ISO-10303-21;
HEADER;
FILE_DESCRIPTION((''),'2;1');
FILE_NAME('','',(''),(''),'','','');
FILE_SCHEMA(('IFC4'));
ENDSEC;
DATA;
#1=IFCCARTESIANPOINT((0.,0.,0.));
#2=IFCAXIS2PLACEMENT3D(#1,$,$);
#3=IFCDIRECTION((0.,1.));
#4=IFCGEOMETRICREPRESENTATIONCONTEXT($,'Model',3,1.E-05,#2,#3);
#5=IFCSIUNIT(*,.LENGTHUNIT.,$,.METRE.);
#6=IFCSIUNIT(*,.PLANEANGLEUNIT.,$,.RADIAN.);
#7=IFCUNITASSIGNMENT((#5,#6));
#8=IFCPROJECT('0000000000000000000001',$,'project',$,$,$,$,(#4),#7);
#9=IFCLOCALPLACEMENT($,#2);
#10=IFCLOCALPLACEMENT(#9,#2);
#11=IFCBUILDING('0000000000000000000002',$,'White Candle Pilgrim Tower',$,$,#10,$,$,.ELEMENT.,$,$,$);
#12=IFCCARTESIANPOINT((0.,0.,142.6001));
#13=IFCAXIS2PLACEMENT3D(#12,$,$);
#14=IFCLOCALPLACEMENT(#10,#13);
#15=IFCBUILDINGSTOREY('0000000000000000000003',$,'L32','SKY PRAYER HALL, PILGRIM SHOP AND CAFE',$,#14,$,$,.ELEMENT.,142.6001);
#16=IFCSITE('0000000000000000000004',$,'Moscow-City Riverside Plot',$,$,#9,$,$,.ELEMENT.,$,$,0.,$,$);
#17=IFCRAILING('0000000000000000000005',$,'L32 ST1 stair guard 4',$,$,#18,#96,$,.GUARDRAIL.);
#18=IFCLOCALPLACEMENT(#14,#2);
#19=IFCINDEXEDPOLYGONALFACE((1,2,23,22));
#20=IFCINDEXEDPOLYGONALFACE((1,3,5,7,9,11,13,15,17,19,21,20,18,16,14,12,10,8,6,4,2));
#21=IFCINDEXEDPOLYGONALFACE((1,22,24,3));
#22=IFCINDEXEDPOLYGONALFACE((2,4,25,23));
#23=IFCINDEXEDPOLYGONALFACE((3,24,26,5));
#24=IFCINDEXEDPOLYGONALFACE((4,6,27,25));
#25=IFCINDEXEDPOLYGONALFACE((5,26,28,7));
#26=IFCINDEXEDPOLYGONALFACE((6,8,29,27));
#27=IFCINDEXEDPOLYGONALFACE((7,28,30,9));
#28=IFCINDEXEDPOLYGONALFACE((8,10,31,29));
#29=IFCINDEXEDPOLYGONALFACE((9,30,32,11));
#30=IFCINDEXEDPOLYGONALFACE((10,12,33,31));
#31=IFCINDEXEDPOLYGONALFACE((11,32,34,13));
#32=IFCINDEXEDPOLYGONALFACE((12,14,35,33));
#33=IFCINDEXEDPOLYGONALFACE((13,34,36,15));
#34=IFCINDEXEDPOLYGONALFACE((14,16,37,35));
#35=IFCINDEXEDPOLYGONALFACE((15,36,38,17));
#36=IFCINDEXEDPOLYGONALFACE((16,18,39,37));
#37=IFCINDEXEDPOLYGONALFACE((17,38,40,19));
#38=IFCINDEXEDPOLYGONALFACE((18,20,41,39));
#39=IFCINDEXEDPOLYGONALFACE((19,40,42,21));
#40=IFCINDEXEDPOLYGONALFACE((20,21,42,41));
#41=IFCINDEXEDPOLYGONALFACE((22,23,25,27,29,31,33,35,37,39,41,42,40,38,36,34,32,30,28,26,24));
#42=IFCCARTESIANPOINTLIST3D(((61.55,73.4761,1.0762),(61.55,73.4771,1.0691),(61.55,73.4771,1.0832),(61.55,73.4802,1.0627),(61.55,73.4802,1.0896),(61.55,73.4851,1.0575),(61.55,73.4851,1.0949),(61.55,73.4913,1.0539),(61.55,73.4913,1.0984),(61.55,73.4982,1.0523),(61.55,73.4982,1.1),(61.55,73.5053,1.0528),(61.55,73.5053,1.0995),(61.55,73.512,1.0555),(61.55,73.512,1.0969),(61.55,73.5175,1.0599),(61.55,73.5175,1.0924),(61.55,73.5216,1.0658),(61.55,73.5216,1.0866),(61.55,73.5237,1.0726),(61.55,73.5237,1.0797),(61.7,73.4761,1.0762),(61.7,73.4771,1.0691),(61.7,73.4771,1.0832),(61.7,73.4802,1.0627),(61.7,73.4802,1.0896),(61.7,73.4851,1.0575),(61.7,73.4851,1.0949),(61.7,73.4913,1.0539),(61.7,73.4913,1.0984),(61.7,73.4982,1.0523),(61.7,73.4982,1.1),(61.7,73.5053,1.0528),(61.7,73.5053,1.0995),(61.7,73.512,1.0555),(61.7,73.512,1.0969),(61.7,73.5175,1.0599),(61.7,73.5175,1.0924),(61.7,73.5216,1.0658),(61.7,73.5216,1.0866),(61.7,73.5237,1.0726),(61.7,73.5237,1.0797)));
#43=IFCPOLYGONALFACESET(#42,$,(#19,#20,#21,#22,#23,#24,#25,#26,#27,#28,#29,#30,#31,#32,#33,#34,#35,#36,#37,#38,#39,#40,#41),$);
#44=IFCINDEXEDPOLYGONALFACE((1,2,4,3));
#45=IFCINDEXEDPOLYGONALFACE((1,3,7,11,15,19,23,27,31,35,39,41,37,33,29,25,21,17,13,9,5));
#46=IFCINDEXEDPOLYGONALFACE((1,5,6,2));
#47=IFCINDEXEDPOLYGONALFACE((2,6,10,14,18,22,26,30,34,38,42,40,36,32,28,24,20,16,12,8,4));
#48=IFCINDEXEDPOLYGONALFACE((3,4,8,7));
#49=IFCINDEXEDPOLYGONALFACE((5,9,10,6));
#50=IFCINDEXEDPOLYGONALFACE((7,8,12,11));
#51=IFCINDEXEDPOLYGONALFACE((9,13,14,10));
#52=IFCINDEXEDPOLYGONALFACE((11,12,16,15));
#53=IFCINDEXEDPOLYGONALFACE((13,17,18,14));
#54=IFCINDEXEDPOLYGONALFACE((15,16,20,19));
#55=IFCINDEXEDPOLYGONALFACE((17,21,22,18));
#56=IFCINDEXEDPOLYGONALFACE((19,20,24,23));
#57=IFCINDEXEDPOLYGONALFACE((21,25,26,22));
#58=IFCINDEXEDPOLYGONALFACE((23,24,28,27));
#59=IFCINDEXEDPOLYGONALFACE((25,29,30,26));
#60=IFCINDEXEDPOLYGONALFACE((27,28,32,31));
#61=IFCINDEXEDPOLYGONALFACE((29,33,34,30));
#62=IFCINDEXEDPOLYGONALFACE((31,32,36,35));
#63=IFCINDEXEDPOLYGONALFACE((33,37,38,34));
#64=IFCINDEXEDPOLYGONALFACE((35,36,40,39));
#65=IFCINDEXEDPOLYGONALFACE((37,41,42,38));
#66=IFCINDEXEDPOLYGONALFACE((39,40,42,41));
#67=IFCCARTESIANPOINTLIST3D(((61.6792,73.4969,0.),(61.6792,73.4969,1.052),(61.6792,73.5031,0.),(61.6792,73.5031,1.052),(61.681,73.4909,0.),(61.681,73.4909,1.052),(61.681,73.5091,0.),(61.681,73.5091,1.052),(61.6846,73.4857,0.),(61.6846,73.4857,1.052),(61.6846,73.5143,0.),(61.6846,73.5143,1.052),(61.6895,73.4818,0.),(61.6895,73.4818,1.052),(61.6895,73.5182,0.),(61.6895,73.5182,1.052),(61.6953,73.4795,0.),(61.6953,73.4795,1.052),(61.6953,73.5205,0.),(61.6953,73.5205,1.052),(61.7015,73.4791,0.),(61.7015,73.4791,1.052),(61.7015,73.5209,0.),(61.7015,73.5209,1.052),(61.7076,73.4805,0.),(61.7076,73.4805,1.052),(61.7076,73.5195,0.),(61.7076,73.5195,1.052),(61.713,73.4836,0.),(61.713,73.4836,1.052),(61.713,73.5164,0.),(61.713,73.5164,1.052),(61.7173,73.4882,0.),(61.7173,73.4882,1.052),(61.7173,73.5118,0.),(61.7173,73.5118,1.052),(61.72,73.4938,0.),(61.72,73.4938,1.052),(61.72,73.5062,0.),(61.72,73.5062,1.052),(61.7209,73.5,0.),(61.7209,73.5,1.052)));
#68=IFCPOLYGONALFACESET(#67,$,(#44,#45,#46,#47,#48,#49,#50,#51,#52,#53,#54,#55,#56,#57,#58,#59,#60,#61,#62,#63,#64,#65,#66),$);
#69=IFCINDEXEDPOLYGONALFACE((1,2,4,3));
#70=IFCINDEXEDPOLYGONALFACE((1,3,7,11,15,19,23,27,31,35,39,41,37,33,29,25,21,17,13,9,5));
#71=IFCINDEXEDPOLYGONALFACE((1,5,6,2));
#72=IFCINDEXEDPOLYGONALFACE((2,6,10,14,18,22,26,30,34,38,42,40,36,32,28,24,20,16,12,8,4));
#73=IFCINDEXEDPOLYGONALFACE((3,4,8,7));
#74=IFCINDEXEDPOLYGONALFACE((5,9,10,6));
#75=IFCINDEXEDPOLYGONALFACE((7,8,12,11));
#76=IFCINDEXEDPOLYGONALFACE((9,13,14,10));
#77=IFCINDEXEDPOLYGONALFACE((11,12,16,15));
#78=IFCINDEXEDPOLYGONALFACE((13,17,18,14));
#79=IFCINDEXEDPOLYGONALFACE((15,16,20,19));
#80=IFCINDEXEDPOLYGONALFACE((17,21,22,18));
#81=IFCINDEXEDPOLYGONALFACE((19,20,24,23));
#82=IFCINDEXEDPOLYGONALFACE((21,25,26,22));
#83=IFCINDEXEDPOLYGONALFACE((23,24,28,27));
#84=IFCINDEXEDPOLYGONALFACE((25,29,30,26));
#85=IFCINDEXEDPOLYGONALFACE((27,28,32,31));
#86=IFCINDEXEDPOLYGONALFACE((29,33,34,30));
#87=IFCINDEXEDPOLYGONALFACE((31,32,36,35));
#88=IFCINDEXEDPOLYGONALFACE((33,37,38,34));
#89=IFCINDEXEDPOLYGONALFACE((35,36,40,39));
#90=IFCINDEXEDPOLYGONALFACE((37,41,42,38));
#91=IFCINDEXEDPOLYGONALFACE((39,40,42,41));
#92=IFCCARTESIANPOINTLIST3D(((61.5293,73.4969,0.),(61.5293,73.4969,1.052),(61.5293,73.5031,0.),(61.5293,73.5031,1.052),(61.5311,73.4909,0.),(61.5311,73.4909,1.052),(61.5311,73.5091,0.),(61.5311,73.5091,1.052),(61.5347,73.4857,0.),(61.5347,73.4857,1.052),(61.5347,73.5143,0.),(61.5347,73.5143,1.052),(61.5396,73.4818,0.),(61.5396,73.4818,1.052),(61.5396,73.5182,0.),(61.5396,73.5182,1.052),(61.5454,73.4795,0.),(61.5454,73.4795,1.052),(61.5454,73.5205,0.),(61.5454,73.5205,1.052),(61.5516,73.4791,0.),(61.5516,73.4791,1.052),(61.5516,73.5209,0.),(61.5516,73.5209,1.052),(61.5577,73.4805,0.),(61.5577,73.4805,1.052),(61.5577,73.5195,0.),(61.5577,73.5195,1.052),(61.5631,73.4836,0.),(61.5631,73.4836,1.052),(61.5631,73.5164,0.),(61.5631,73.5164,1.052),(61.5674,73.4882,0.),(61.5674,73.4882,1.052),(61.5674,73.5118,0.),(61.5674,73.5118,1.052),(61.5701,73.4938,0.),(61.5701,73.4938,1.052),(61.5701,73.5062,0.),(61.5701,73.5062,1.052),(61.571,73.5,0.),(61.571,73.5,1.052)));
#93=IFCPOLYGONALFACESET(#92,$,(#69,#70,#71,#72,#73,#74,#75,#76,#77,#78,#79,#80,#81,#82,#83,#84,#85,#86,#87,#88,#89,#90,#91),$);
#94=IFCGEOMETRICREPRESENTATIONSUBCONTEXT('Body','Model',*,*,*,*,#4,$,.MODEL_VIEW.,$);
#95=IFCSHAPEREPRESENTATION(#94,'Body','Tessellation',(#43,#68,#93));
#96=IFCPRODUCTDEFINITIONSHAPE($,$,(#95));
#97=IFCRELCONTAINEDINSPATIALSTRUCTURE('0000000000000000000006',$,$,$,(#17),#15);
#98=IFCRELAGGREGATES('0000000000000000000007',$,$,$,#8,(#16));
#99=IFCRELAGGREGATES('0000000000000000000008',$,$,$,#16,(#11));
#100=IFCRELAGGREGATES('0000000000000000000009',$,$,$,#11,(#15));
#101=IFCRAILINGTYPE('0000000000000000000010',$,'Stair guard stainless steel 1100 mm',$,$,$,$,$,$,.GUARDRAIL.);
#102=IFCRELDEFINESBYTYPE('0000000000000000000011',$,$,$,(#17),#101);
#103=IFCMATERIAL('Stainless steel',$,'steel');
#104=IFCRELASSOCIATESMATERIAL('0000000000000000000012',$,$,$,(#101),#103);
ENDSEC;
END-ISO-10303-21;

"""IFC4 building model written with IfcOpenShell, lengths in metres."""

from ifc_helpers import new_model, si_unit, direction, frame, origin, origin_2d, place, context, subcontext, project, spatial, circle, extrude, material, type_object, element, save


model = new_model("IFC4")

# Units and contexts
model_context = context("Model", 3, precision=1e-05, world=origin(), true_north=direction((0.0, 1.0)))
body_context = subcontext(model_context, "Body", "Model", "MODEL_VIEW")
ifc_project = project(units=[si_unit("LENGTHUNIT", "METRE"), si_unit("PLANEANGLEUNIT", "RADIAN")], contexts=[model_context])

# Site, building, storey
site_placement = place(None, origin())
site = spatial("IfcSite", under=ifc_project, at=site_placement, Name="Moscow-City Riverside Plot", CompositionType="ELEMENT", RefElevation=0.0)
building_placement = place(site_placement, origin())
building = spatial("IfcBuilding", under=site, at=building_placement, Name="White Candle Pilgrim Tower", CompositionType="ELEMENT")
storey_placement = place(building_placement, frame((0.0, 0.0, 142.6001)))
storey = spatial("IfcBuildingStorey", under=building, at=storey_placement, Name="L32", Description="SKY PRAYER HALL, PILGRIM SHOP AND CAFE", CompositionType="ELEMENT", Elevation=142.6001)

# Railing
ifc_material_1 = material(Name="Stainless steel", Category="steel")
railing_type_1 = type_object("IfcRailingType", Name="Stair guard stainless steel 1100 mm", PredefinedType="GUARDRAIL", material=ifc_material_1)
railing_1_placement = place(storey_placement, frame((61.7, 73.5, 0.0)))
element("IfcRailing", 1, at=railing_1_placement, inside=storey, type_object=railing_type_1, Name="L32 ST1 stair guard 4", PredefinedType="GUARDRAIL", context=body_context, shape_type="SweptSolid", body=[
    extrude(circle(Radius=0.0239, at=origin_2d()), frame((0.0, 0.0, 1.0762), z_axis=(-1.0, 0.0, 0.0), x_axis=(0.0, -1.0, 0.0)), (0.0, 0.0, 1.0), 0.1499),
    extrude(circle(Radius=0.021, at=origin_2d()), origin(), (0.0, 0.0, 1.0), 1.052),
    extrude(circle(Radius=0.021, at=origin_2d()), frame((-0.1499, 0.0, 0.0)), (0.0, 0.0, 1.0), 1.052),
])

save(model, "model.ifc")
